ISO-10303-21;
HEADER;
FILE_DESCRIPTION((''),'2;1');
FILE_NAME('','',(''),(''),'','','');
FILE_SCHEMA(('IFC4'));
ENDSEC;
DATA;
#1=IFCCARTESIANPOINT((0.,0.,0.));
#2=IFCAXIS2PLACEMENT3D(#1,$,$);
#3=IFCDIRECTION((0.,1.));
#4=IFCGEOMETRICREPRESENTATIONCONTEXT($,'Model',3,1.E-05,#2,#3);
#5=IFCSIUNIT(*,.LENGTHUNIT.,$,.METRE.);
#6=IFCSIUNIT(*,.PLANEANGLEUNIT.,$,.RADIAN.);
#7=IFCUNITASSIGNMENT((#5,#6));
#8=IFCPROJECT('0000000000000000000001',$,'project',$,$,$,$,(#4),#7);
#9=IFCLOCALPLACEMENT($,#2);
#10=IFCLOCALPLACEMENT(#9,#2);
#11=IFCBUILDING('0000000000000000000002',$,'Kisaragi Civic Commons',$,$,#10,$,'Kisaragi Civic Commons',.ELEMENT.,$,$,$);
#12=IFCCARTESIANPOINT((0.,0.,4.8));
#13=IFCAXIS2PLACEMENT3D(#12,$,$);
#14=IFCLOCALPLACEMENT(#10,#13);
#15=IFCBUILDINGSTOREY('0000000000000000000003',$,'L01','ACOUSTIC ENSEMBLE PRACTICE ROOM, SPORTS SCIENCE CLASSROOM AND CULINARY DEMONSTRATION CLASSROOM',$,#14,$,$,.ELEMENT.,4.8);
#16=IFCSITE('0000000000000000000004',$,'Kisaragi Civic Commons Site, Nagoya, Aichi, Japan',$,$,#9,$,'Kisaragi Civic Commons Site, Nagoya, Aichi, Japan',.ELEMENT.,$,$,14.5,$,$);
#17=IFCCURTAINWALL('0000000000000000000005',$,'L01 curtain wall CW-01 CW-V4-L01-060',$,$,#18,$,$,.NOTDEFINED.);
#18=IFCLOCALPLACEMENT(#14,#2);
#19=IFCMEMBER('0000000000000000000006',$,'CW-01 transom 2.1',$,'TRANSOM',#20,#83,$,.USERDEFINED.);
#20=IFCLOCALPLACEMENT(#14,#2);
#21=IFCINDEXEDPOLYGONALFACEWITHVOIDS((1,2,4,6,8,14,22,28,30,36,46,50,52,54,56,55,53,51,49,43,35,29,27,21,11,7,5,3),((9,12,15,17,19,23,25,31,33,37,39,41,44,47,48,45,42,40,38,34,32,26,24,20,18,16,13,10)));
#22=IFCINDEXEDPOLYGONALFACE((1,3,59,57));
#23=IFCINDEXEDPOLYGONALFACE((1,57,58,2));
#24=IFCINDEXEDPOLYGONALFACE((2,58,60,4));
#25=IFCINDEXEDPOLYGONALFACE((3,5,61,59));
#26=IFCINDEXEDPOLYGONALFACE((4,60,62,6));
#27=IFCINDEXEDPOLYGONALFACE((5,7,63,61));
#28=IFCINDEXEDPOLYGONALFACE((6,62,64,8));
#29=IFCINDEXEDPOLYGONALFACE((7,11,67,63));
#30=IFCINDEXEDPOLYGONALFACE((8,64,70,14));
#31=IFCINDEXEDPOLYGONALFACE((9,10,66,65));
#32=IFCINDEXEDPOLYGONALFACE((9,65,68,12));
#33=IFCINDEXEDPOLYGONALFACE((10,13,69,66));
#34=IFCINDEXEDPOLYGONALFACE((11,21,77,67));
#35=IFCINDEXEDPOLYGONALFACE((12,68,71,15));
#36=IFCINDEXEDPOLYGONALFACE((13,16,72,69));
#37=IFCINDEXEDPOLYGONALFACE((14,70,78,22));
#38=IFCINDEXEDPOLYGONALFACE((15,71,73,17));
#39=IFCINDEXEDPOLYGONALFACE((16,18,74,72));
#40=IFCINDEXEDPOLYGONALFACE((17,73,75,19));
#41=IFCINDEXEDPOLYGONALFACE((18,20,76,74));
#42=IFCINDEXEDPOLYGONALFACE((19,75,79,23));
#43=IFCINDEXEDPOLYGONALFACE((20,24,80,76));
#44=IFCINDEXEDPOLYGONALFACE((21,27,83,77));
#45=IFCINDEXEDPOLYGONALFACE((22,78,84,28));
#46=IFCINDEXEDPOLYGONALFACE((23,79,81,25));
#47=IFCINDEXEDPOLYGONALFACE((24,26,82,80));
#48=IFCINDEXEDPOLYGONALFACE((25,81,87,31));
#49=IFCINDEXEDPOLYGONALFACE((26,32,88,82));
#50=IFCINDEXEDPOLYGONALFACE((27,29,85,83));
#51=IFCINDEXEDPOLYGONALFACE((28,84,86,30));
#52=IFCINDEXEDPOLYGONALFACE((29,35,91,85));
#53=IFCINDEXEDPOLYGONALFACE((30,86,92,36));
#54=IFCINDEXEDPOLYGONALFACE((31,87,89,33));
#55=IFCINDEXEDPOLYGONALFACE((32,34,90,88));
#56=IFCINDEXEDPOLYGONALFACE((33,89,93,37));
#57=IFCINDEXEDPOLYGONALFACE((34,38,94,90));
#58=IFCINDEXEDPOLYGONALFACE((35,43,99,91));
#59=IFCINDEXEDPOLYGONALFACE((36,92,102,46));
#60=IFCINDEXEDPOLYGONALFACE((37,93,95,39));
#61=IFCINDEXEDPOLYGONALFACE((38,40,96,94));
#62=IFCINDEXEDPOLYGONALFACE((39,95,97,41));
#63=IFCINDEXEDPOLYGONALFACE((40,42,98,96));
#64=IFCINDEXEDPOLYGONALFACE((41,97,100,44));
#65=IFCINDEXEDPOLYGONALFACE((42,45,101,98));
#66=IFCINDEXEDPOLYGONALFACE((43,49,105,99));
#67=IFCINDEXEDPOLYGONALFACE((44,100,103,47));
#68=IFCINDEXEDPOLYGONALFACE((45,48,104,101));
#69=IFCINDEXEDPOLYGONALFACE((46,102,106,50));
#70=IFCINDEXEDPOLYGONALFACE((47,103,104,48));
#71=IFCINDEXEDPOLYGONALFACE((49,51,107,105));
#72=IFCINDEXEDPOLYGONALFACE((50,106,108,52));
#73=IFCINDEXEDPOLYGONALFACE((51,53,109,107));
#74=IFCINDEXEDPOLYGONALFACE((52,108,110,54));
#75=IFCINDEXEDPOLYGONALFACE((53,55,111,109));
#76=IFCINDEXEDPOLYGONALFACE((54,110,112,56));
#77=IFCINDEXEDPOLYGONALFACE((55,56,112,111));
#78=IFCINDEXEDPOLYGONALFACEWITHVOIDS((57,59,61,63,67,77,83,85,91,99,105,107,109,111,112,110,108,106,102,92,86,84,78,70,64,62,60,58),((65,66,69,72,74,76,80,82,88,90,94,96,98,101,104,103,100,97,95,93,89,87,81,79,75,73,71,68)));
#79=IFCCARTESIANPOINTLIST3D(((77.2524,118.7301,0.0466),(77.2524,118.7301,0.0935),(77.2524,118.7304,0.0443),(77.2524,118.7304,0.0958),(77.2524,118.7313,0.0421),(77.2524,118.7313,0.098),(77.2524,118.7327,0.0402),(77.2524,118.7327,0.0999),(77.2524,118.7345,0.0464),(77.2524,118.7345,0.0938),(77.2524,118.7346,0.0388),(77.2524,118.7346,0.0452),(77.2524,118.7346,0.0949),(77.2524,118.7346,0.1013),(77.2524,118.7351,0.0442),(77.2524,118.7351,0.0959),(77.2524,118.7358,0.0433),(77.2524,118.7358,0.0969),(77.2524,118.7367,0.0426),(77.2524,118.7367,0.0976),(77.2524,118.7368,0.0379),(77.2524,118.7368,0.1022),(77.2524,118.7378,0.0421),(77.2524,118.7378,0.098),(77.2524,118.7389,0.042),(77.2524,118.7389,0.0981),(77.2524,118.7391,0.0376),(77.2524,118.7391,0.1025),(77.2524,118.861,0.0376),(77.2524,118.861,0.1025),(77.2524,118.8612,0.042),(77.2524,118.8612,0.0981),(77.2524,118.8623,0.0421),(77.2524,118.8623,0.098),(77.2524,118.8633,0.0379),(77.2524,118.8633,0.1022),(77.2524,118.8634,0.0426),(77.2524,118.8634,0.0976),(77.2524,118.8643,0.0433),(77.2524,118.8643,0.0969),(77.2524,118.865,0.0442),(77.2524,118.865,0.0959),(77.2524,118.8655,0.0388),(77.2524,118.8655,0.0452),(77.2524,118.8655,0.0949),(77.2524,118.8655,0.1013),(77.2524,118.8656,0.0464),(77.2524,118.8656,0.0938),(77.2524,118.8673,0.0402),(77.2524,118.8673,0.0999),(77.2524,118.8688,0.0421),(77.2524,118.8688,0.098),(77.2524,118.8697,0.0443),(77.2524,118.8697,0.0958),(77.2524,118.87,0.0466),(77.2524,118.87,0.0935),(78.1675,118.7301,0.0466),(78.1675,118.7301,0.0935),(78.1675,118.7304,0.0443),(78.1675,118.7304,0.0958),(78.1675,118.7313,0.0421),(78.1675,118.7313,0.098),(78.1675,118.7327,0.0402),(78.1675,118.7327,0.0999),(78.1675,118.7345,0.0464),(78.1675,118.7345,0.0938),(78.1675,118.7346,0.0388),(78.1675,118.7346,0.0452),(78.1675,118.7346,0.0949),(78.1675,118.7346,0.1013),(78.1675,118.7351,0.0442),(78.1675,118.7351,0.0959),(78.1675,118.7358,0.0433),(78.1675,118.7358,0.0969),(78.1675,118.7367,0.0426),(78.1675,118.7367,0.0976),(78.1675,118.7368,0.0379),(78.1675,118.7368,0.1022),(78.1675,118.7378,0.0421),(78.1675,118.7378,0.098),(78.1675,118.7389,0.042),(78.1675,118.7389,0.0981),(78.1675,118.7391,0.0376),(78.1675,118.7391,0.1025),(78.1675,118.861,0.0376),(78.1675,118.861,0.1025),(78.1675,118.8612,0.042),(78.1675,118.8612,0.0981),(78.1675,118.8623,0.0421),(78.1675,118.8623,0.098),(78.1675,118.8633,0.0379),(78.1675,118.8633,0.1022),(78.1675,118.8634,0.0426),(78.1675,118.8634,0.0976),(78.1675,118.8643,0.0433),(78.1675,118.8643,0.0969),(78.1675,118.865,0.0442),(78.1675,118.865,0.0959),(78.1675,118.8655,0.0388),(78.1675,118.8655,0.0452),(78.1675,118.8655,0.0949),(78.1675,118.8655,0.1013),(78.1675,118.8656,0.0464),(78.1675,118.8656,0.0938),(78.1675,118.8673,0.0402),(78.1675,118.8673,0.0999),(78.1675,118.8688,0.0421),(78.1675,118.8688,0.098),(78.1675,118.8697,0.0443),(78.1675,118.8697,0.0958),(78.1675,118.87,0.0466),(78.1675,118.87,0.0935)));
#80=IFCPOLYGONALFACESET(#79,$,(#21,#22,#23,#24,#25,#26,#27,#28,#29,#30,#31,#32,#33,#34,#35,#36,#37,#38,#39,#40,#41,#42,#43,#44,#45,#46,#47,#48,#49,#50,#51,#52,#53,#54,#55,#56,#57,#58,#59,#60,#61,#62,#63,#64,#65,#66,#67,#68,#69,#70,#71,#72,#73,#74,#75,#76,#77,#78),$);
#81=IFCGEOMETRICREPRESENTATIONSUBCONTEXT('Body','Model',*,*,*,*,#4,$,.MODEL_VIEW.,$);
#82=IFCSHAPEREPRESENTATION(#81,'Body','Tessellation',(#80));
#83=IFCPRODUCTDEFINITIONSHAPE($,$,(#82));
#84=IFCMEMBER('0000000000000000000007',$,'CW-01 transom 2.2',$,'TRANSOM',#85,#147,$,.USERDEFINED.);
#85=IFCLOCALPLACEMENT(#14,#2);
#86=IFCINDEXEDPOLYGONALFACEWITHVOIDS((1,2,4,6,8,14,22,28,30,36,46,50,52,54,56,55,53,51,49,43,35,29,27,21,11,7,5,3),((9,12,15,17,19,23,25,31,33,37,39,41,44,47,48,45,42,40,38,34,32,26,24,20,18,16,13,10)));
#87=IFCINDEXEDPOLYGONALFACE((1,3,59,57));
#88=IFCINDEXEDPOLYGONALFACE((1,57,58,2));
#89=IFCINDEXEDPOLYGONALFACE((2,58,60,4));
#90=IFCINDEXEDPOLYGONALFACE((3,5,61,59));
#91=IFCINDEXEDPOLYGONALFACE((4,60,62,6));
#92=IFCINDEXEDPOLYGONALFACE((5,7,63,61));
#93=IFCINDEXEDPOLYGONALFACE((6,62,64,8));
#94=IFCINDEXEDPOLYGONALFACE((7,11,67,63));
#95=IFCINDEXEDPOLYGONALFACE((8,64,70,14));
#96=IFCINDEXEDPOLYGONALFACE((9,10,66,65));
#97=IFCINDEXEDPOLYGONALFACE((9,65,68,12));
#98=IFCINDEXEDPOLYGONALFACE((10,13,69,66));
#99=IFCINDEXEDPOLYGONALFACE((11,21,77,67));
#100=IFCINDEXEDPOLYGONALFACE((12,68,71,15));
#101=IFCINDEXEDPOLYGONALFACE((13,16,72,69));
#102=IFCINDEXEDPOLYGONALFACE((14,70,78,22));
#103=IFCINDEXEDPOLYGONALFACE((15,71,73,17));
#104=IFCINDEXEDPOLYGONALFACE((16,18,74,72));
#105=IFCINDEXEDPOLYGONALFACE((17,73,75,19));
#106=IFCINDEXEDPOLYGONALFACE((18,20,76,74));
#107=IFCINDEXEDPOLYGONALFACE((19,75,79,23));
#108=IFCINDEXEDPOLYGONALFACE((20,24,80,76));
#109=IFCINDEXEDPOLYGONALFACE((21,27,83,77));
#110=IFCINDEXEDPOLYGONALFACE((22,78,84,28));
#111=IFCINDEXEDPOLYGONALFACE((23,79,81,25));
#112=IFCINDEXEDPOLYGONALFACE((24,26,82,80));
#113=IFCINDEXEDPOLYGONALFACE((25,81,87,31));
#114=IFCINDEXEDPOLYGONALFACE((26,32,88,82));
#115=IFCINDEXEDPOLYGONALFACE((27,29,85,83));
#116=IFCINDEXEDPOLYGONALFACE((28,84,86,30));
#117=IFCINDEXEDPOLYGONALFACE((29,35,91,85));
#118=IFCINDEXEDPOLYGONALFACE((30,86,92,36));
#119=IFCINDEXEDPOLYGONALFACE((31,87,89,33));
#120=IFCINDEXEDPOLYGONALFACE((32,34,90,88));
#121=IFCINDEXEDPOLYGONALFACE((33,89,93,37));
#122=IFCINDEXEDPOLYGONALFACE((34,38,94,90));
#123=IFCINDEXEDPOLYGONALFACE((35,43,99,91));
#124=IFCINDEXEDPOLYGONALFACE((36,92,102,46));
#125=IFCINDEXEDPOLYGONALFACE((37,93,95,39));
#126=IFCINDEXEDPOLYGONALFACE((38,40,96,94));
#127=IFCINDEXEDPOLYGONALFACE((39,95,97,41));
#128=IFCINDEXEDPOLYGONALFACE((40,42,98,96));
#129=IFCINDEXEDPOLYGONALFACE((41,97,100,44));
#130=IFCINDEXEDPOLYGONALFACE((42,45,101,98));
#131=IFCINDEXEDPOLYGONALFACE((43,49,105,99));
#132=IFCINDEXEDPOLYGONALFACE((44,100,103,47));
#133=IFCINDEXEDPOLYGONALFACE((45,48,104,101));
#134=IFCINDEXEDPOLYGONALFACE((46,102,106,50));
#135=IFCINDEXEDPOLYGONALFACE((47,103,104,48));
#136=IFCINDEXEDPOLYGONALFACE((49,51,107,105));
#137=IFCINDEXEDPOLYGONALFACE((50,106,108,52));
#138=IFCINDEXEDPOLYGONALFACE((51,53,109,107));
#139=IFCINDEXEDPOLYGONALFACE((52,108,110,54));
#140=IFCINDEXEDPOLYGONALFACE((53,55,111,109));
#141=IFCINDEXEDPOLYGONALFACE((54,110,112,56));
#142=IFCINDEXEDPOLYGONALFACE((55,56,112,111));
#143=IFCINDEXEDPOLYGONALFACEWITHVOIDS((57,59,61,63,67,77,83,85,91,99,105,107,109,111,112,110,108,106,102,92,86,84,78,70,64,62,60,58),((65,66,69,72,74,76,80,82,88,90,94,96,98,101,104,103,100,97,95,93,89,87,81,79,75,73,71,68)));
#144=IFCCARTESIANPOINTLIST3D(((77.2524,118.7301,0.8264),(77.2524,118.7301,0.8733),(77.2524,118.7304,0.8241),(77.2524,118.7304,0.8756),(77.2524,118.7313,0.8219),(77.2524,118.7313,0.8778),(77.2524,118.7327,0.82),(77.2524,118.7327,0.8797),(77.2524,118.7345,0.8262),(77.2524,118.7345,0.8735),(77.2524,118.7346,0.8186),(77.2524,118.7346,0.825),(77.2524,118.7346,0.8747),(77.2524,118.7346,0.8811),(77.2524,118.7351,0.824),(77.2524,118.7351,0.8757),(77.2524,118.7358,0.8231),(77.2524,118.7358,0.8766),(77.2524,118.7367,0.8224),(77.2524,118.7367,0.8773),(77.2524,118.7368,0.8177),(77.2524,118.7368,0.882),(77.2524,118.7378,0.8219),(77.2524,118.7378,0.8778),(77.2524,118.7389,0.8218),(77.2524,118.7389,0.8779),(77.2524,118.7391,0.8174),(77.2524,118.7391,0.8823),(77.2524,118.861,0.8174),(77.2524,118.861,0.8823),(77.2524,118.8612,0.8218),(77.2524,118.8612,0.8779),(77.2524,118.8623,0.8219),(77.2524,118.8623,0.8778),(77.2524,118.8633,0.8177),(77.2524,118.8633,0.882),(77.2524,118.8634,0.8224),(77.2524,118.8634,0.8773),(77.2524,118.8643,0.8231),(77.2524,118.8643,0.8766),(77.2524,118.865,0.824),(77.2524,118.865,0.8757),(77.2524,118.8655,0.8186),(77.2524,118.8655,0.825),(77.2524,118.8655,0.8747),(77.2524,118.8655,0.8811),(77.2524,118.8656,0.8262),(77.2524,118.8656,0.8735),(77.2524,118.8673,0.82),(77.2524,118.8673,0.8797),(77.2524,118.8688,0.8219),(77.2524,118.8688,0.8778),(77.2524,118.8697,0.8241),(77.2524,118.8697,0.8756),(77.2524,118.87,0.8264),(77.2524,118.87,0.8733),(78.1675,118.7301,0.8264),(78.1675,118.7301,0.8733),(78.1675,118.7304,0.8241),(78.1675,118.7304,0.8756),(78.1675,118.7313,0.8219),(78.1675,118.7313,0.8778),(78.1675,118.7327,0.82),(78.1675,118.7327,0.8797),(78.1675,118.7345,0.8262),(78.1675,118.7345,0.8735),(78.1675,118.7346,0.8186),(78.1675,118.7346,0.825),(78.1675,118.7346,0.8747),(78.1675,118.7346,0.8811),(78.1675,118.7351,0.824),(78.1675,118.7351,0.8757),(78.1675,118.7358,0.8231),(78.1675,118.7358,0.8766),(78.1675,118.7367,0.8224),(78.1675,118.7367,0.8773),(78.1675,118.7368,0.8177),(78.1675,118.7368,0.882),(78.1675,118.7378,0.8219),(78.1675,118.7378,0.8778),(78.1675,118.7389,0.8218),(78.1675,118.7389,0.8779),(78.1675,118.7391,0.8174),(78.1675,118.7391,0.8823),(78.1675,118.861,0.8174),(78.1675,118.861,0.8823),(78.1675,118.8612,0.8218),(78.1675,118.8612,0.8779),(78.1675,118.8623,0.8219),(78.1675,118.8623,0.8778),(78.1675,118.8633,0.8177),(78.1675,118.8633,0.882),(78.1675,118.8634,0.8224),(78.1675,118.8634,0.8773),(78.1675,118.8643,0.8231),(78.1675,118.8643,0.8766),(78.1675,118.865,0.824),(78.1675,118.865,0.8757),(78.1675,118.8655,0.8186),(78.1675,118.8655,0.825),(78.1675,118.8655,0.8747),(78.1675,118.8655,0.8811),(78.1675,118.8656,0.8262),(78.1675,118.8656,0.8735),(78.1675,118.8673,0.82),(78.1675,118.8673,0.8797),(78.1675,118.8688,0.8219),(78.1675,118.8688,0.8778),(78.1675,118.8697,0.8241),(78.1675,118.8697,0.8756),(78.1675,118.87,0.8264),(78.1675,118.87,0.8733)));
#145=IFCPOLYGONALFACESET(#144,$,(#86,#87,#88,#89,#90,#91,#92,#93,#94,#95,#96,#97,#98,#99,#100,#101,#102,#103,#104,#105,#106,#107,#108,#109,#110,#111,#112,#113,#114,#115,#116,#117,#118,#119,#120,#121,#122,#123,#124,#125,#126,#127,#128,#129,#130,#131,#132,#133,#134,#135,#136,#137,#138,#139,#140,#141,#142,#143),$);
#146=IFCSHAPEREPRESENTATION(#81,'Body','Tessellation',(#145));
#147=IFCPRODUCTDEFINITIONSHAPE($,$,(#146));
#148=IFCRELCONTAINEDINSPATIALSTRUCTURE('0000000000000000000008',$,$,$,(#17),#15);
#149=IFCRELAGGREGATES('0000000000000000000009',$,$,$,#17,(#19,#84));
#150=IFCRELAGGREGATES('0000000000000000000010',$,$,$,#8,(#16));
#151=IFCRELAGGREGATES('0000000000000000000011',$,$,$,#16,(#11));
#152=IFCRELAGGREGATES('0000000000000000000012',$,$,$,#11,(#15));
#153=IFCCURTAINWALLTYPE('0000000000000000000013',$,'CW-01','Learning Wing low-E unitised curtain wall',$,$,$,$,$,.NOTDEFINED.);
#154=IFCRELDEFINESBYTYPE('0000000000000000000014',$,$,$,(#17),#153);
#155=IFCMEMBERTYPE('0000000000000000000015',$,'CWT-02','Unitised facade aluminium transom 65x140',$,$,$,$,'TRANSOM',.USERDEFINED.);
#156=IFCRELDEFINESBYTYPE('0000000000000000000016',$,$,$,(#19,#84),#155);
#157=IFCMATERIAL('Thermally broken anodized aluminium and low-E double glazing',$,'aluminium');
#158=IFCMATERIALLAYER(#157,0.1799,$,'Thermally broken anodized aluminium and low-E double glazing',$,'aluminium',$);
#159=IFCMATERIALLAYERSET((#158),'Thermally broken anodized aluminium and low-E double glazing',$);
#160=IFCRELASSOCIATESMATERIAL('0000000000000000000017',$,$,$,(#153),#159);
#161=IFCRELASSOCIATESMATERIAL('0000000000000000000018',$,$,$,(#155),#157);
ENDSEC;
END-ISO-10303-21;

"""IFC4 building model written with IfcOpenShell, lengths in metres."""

from ifc_helpers import new_model, si_unit, direction, frame, origin, origin_2d, place, context, subcontext, project, spatial, hollow_rectangle, extrude, material, layer, layer_set, material_profile, profile_set, type_object, element, aggregate, save


model = new_model("IFC4")

# Units and contexts
model_context = context("Model", 3, precision=1e-05, world=origin(), true_north=direction((0.0, 1.0)))
body_context = subcontext(model_context, "Body", "Model", "MODEL_VIEW")
ifc_project = project(units=[si_unit("LENGTHUNIT", "METRE"), si_unit("PLANEANGLEUNIT", "RADIAN")], contexts=[model_context])

# Site, building, storey
site_placement = place(None, origin())
site = spatial("IfcSite", under=ifc_project, at=site_placement, Name="Kisaragi Civic Commons Site, Nagoya, Aichi, Japan", LongName="Kisaragi Civic Commons Site, Nagoya, Aichi, Japan", CompositionType="ELEMENT", RefElevation=14.5)
building_placement = place(site_placement, origin())
building = spatial("IfcBuilding", under=site, at=building_placement, Name="Kisaragi Civic Commons", LongName="Kisaragi Civic Commons", CompositionType="ELEMENT")
storey_placement = place(building_placement, frame((0.0, 0.0, 4.8)))
storey = spatial("IfcBuildingStorey", under=building, at=storey_placement, Name="L01", Description="ACOUSTIC ENSEMBLE PRACTICE ROOM, SPORTS SCIENCE CLASSROOM AND CULINARY DEMONSTRATION CLASSROOM", CompositionType="ELEMENT", Elevation=4.8)

# Shared definitions
ifc_material_1 = material(Name="Thermally broken anodized aluminium and low-E double glazing", Category="aluminium")
ifc_layer_1 = layer(ifc_material_1, 0.1799, Name="Thermally broken anodized aluminium and low-E double glazing", Category="aluminium")
ifc_layer_set_1 = layer_set([ifc_layer_1], Name="Thermally broken anodized aluminium and low-E double glazing")
curtain_wall_type = type_object("IfcCurtainWallType", Name="CW-01", Description="Learning Wing low-E unitised curtain wall", PredefinedType="NOTDEFINED", material=ifc_layer_set_1)

# Curtain wall
curtain_wall_1_placement = place(storey_placement, origin())
curtain_wall_1 = element("IfcCurtainWall", 1, at=curtain_wall_1_placement, inside=storey, type_object=curtain_wall_type, Name="L01 curtain wall CW-01 CW-V4-L01-060", PredefinedType="NOTDEFINED")

# Members
ifc_material_profile_1 = material_profile(ifc_material_1, hollow_rectangle(XDim=0.1399, YDim=0.0649, WallThickness=0.0044, InnerFilletRadius=0.0044, OuterFilletRadius=0.009, at=origin_2d()), Name="CWT-65x140x4.5", Category="aluminium")
ifc_profile_set_1 = profile_set([ifc_material_profile_1], Name="Thermally broken anodized aluminium and low-E double glazing")
member_type_1 = type_object("IfcMemberType", Name="CWT-02", Description="Unitised facade aluminium transom 65x140", ElementType="TRANSOM", PredefinedType="USERDEFINED", material=ifc_profile_set_1)
member_1_placement = place(storey_placement, frame((77.2524, 118.8, 0.0701), z_axis=(1.0, 0.0, 0.0), x_axis=(0.0, 1.0, 0.0)))
member_1 = element("IfcMember", 2, at=member_1_placement, type_object=member_type_1, Name="CW-01 transom 2.1", ObjectType="TRANSOM", PredefinedType="USERDEFINED", context=body_context, shape_type="SweptSolid", body=[
    extrude(hollow_rectangle(XDim=0.1399, YDim=0.0649, WallThickness=0.0044, InnerFilletRadius=0.0044, OuterFilletRadius=0.009, at=origin_2d()), origin(), (0.0, 0.0, 1.0), 0.915),
])
member_2_placement = place(storey_placement, frame((77.2524, 118.8, 0.8499), z_axis=(1.0, 0.0, 0.0), x_axis=(0.0, 1.0, 0.0)))
member_2 = element("IfcMember", 3, at=member_2_placement, type_object=member_type_1, Name="CW-01 transom 2.2", ObjectType="TRANSOM", PredefinedType="USERDEFINED", context=body_context, shape_type="SweptSolid", body=[
    extrude(hollow_rectangle(XDim=0.1399, YDim=0.0649, WallThickness=0.0044, InnerFilletRadius=0.0044, OuterFilletRadius=0.009, at=origin_2d()), origin(), (0.0, 0.0, 1.0), 0.915),
])

aggregate(curtain_wall_1, [member_1, member_2])

save(model, "model.ifc")
